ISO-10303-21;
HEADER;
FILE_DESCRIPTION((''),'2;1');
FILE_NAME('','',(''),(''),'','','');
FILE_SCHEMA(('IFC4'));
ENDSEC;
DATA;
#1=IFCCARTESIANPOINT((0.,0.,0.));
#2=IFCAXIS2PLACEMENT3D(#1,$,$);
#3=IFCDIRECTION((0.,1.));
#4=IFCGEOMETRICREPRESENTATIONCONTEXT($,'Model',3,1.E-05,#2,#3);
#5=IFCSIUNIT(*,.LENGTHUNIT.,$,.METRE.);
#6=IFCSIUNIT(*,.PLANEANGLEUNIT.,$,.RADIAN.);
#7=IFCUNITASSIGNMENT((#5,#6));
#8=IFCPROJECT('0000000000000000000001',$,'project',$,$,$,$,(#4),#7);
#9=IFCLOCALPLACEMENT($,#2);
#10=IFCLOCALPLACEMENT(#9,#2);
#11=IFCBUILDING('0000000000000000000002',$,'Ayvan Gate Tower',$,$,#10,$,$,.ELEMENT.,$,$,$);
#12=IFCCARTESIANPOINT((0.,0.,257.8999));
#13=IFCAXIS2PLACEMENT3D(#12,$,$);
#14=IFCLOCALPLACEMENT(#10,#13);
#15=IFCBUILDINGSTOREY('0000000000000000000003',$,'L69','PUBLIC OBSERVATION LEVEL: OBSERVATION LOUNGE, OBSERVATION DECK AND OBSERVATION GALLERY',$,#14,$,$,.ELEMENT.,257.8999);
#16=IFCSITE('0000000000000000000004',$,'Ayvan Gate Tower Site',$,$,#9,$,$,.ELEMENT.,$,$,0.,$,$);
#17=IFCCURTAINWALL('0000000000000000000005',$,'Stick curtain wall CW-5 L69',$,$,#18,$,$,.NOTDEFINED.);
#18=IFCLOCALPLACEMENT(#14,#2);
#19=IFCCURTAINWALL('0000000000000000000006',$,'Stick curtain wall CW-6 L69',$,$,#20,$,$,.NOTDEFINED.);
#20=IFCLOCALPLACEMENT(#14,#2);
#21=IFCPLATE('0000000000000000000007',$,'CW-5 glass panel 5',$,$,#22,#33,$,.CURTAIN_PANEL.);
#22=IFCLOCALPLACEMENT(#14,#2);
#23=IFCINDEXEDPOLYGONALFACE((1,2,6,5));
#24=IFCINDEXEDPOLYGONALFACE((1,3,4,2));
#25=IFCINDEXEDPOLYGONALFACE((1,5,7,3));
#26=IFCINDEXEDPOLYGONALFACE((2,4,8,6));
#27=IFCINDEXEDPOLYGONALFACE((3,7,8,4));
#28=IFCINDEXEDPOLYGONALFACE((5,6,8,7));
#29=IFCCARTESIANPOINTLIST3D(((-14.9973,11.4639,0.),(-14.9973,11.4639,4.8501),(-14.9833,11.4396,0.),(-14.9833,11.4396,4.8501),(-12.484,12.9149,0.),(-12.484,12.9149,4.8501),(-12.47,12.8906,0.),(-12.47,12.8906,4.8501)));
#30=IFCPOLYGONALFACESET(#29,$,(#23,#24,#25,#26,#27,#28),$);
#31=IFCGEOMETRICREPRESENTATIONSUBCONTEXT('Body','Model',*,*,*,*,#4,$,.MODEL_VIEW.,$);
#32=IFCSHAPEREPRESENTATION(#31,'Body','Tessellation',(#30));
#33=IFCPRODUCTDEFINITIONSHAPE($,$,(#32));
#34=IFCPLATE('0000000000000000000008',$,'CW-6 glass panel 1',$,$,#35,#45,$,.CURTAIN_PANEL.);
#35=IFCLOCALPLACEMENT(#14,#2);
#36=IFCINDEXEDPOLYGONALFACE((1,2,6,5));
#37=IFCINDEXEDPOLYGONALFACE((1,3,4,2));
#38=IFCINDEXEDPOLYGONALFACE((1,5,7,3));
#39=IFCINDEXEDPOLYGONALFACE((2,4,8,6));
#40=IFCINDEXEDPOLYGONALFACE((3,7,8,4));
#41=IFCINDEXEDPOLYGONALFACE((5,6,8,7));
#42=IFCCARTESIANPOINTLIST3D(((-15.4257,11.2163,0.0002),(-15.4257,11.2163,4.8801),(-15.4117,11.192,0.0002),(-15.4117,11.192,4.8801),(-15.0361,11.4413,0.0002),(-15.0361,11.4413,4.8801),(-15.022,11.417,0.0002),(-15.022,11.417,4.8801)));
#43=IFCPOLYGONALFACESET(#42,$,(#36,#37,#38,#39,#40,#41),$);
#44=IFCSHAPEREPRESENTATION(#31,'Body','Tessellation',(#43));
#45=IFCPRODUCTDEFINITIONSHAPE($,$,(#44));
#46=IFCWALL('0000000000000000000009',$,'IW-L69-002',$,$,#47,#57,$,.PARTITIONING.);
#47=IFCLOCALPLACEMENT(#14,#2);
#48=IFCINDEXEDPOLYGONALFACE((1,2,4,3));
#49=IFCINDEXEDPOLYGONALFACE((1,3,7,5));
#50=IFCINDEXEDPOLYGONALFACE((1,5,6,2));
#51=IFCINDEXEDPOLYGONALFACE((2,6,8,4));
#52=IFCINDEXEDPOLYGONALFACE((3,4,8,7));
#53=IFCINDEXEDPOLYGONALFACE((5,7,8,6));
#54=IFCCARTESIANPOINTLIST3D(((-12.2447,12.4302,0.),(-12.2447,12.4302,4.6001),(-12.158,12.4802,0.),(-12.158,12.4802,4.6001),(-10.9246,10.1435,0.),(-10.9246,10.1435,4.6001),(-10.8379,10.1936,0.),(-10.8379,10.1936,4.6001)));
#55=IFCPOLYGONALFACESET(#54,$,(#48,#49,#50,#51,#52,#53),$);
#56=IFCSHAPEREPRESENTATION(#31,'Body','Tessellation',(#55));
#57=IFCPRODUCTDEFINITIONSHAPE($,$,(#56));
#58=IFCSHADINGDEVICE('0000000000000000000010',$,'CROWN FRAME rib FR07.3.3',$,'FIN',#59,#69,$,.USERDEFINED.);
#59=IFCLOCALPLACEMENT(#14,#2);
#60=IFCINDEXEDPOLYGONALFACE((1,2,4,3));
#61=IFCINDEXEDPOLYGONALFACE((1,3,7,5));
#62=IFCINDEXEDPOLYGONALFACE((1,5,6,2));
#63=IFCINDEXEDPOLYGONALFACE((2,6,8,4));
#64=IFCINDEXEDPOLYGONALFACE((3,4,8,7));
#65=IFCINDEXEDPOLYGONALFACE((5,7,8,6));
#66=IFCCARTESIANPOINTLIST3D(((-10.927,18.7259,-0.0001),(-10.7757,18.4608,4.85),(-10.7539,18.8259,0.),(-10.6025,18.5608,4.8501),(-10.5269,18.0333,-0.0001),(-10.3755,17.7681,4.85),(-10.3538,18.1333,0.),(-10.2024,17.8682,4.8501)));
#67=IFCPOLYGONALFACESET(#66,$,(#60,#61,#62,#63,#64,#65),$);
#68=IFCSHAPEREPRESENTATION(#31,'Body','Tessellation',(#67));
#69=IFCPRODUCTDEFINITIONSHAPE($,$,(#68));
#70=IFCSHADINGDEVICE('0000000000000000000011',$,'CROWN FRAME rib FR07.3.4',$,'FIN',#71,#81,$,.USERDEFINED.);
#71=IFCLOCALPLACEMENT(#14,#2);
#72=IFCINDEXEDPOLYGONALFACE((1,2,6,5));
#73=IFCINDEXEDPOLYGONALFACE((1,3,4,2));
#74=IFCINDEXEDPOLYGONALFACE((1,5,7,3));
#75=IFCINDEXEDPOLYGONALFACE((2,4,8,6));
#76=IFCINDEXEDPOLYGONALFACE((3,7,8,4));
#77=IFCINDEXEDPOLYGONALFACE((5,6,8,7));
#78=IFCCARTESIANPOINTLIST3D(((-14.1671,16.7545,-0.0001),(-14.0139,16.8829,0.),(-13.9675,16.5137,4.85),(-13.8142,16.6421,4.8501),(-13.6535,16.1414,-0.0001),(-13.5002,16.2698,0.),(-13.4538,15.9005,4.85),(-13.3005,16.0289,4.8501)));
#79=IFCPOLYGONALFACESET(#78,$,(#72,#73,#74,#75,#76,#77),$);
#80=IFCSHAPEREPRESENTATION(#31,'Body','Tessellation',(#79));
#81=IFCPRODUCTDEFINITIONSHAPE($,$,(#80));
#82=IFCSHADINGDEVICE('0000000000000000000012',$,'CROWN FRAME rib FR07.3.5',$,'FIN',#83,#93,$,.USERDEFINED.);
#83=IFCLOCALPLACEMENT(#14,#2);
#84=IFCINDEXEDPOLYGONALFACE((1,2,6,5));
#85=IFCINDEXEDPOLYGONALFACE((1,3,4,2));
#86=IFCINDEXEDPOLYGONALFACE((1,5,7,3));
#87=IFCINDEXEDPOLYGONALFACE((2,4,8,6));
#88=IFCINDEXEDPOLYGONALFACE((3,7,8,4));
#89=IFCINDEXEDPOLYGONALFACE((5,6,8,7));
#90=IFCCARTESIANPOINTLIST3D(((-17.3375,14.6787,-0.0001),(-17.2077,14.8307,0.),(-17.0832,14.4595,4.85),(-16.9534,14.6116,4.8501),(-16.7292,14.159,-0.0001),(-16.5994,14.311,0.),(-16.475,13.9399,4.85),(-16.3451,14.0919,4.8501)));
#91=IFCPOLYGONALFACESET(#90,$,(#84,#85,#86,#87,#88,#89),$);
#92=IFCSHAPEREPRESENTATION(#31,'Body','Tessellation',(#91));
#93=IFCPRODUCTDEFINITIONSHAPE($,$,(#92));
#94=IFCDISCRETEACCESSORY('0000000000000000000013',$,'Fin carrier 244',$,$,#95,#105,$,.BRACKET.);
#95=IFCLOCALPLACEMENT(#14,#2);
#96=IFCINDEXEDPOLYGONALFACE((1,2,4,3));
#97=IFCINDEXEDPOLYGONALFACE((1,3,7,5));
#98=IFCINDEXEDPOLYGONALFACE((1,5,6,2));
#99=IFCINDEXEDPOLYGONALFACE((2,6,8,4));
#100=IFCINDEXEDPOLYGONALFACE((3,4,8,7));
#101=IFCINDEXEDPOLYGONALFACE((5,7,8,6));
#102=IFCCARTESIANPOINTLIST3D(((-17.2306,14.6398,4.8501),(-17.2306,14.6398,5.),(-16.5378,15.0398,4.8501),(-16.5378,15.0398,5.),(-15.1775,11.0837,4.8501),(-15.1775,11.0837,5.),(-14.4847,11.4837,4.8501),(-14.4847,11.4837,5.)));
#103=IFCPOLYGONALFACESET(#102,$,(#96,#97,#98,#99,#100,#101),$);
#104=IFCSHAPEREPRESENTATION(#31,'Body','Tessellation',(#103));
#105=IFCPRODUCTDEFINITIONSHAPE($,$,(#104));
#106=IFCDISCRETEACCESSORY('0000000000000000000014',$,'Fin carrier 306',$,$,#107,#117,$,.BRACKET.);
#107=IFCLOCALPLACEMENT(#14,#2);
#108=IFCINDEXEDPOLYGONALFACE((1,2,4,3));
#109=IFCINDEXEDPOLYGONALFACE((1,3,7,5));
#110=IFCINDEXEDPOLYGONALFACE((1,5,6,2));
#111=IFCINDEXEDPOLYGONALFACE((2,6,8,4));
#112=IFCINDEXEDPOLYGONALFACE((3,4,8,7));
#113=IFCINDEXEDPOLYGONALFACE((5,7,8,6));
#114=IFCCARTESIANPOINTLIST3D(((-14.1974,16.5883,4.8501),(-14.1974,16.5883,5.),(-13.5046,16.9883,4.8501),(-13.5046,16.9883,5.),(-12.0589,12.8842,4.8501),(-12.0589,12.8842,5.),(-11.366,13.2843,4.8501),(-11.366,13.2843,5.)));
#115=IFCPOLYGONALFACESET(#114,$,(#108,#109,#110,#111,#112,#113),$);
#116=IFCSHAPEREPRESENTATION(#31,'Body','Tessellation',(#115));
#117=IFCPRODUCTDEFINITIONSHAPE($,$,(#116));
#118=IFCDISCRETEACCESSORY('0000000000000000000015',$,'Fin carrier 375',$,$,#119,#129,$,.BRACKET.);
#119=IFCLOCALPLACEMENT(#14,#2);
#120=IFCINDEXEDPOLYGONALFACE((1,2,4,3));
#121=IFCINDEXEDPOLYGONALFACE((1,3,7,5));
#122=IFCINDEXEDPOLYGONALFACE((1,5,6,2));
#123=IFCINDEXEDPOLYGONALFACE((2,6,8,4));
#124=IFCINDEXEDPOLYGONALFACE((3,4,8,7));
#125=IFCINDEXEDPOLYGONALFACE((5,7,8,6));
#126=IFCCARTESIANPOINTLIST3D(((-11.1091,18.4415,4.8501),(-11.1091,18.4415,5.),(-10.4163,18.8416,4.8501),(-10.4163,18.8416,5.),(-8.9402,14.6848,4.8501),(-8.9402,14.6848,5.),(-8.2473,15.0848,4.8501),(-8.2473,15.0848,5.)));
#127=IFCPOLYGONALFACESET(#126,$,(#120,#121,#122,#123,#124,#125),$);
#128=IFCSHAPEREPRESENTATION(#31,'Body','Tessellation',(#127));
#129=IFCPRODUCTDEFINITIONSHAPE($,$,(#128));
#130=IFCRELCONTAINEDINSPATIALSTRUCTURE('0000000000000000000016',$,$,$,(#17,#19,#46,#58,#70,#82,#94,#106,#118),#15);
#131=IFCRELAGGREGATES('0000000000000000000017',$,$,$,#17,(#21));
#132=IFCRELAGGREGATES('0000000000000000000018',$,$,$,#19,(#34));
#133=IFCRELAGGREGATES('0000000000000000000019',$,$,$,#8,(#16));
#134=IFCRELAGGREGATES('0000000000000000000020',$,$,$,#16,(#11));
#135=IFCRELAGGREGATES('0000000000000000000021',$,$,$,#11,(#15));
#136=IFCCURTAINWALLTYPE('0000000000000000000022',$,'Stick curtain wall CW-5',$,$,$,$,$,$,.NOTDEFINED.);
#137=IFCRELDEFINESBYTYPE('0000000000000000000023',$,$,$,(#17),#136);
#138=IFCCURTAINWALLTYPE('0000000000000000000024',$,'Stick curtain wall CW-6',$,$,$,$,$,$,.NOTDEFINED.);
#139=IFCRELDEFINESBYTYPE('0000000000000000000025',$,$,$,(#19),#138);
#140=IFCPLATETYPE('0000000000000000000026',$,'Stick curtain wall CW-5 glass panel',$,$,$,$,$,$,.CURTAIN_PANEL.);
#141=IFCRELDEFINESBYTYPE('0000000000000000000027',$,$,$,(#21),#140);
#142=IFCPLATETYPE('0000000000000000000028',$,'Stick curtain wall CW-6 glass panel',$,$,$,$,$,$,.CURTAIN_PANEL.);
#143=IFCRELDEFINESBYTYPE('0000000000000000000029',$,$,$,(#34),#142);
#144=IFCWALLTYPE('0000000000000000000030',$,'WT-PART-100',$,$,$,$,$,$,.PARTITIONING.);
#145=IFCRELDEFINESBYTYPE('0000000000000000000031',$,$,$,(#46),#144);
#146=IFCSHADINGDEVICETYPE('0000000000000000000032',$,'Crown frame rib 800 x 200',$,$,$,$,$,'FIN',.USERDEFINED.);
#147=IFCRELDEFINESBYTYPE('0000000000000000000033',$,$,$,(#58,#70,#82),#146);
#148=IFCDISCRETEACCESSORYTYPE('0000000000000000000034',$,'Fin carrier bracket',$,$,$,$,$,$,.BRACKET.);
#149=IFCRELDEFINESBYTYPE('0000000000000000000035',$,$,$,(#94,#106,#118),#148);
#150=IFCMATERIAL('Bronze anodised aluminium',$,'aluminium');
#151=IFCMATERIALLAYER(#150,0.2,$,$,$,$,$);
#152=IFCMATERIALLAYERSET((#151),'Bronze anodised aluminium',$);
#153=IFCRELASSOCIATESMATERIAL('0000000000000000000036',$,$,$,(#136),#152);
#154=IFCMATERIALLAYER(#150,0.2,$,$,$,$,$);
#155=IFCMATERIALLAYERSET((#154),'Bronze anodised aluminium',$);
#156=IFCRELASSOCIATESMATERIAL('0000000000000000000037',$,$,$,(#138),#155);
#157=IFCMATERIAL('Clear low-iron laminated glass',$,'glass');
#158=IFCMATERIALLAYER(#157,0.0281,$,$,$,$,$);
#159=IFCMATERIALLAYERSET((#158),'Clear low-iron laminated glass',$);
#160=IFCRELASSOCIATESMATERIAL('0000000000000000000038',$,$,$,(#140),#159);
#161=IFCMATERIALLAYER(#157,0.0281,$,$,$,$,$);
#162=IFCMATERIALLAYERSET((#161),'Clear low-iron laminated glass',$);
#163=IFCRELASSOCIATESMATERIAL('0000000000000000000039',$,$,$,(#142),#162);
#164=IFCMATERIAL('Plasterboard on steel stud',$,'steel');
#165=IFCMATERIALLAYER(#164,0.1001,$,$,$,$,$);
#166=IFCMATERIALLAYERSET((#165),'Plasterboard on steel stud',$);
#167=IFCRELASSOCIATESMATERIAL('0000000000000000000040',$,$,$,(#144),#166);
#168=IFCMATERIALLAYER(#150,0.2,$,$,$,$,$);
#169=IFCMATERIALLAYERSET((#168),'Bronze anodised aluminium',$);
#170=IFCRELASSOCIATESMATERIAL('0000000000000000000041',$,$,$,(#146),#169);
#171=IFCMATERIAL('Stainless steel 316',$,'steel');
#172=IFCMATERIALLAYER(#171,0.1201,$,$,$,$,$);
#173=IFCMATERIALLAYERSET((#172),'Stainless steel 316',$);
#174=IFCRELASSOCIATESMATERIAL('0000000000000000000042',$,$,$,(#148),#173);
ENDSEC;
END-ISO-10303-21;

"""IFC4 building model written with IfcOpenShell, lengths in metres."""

from ifc_helpers import new_model, si_unit, direction, frame, frame_2d, origin, origin_2d, place, context, subcontext, project, spatial, polyline, rectangle, outline, extrude, material, layer, layer_set, type_object, element, aggregate, save


model = new_model("IFC4")

# Units and contexts
model_context = context("Model", 3, precision=1e-05, world=origin(), true_north=direction((0.0, 1.0)))
body_context = subcontext(model_context, "Body", "Model", "MODEL_VIEW")
ifc_project = project(units=[si_unit("LENGTHUNIT", "METRE"), si_unit("PLANEANGLEUNIT", "RADIAN")], contexts=[model_context])

# Site, building, storey
site_placement = place(None, origin())
site = spatial("IfcSite", under=ifc_project, at=site_placement, Name="Ayvan Gate Tower Site", CompositionType="ELEMENT", RefElevation=0.0)
building_placement = place(site_placement, origin())
building = spatial("IfcBuilding", under=site, at=building_placement, Name="Ayvan Gate Tower", CompositionType="ELEMENT")
storey_placement = place(building_placement, frame((0.0, 0.0, 257.8999)))
storey = spatial("IfcBuildingStorey", under=building, at=storey_placement, Name="L69", Description="PUBLIC OBSERVATION LEVEL: OBSERVATION LOUNGE, OBSERVATION DECK AND OBSERVATION GALLERY", CompositionType="ELEMENT", Elevation=257.8999)

# Curtain walls
ifc_material_1 = material(Name="Bronze anodised aluminium", Category="aluminium")
ifc_layer_1 = layer(ifc_material_1, 0.2)
ifc_layer_set_1 = layer_set([ifc_layer_1], Name="Bronze anodised aluminium")
curtain_wall_type_1 = type_object("IfcCurtainWallType", Name="Stick curtain wall CW-5", PredefinedType="NOTDEFINED", material=ifc_layer_set_1)
curtain_wall_1_placement = place(storey_placement, origin())
curtain_wall_1 = element("IfcCurtainWall", 1, at=curtain_wall_1_placement, inside=storey, type_object=curtain_wall_type_1, Name="Stick curtain wall CW-5 L69", PredefinedType="NOTDEFINED")
ifc_layer_2 = layer(ifc_material_1, 0.2)
ifc_layer_set_2 = layer_set([ifc_layer_2], Name="Bronze anodised aluminium")
curtain_wall_type_2 = type_object("IfcCurtainWallType", Name="Stick curtain wall CW-6", PredefinedType="NOTDEFINED", material=ifc_layer_set_2)
curtain_wall_2_placement = place(storey_placement, origin())
curtain_wall_2 = element("IfcCurtainWall", 2, at=curtain_wall_2_placement, inside=storey, type_object=curtain_wall_type_2, Name="Stick curtain wall CW-6 L69", PredefinedType="NOTDEFINED")

# Plates
ifc_material_2 = material(Name="Clear low-iron laminated glass", Category="glass")
ifc_layer_3 = layer(ifc_material_2, 0.0281)
ifc_layer_set_3 = layer_set([ifc_layer_3], Name="Clear low-iron laminated glass")
plate_type_1 = type_object("IfcPlateType", Name="Stick curtain wall CW-5 glass panel", PredefinedType="CURTAIN_PANEL", material=ifc_layer_set_3)
plate_1_placement = place(storey_placement, frame((-13.7336, 12.1772, 0.0), z_axis=(0.0, 0.0, 1.0), x_axis=(-0.866025, -0.5, 0.0)))
plate_1 = element("IfcPlate", 3, at=plate_1_placement, type_object=plate_type_1, Name="CW-5 glass panel 5", PredefinedType="CURTAIN_PANEL", context=body_context, shape_type="SweptSolid", body=[
    extrude(rectangle(XDim=2.9021, YDim=0.0281, at=origin_2d()), origin(), (0.0, 0.0, 1.0), 4.8501),
])
aggregate(curtain_wall_1, [plate_1])
ifc_layer_4 = layer(ifc_material_2, 0.0281)
ifc_layer_set_4 = layer_set([ifc_layer_4], Name="Clear low-iron laminated glass")
plate_type_2 = type_object("IfcPlateType", Name="Stick curtain wall CW-6 glass panel", PredefinedType="CURTAIN_PANEL", material=ifc_layer_set_4)
plate_2_placement = place(storey_placement, frame((-15.2239, 11.3167, 0.0002), z_axis=(0.0, 0.0, 1.0), x_axis=(-0.866025, -0.5, 0.0)))
plate_2 = element("IfcPlate", 4, at=plate_2_placement, type_object=plate_type_2, Name="CW-6 glass panel 1", PredefinedType="CURTAIN_PANEL", context=body_context, shape_type="SweptSolid", body=[
    extrude(rectangle(XDim=0.45, YDim=0.0281, at=origin_2d()), origin(), (0.0, 0.0, 1.0), 4.8799),
])
aggregate(curtain_wall_2, [plate_2])

# Wall
ifc_material_3 = material(Name="Plasterboard on steel stud", Category="steel")
ifc_layer_5 = layer(ifc_material_3, 0.1001)
ifc_layer_set_5 = layer_set([ifc_layer_5], Name="Plasterboard on steel stud")
wall_type = type_object("IfcWallType", Name="WT-PART-100", PredefinedType="PARTITIONING", material=ifc_layer_set_5)
wall_placement = place(storey_placement, frame((-12.2014, 12.4553, 0.0), z_axis=(0.0, 0.0, 1.0), x_axis=(0.499968, -0.866044, 0.0)))
element("IfcWall", 5, at=wall_placement, inside=storey, type_object=wall_type, Name="IW-L69-002", PredefinedType="PARTITIONING", context=body_context, shape_type="SweptSolid", body=[
    extrude(rectangle(XDim=2.6404, YDim=0.1001, at=frame_2d((1.3203, 0.0))), origin(), (0.0, 0.0, 1.0), 4.6001),
])

# Shading devices
ifc_layer_6 = layer(ifc_material_1, 0.2)
ifc_layer_set_6 = layer_set([ifc_layer_6], Name="Bronze anodised aluminium")
shading_device_type = type_object("IfcShadingDeviceType", Name="Crown frame rib 800 x 200", ElementType="FIN", PredefinedType="USERDEFINED", material=ifc_layer_set_6)
shading_device_1_placement = place(storey_placement, frame((-10.3538, 18.1333, 0.0), z_axis=(0.865886, 0.500242, 0.000323), x_axis=(-0.500242, 0.865886, 0.0)))
element("IfcShadingDevice", 6, at=shading_device_1_placement, inside=storey, type_object=shading_device_type, Name="CROWN FRAME rib FR07.3.3", ObjectType="FIN", PredefinedType="USERDEFINED", context=body_context, shape_type="SweptSolid", body=[
    extrude(outline(polyline([(0.0, 0.0), (0.7999, 0.0), (0.4946, 4.8501), (-0.3053, 4.8501), (0.0, 0.0)])), origin(), (0.0, 0.0, -1.0), 0.2),
])
shading_device_2_placement = place(storey_placement, frame((-13.5002, 16.2698, 0.0), z_axis=(0.766555, 0.642179, 0.000326), x_axis=(-0.642179, 0.766555, 0.0)))
element("IfcShadingDevice", 7, at=shading_device_2_placement, inside=storey, type_object=shading_device_type, Name="CROWN FRAME rib FR07.3.4", ObjectType="FIN", PredefinedType="USERDEFINED", context=body_context, shape_type="SweptSolid", body=[
    extrude(outline(polyline([(0.0, 0.0), (0.7998, 0.0), (0.487, 4.8501), (-0.313, 4.8501), (0.0, 0.0)])), origin(), (0.0, 0.0, -1.0), 0.2),
])
shading_device_3_placement = place(storey_placement, frame((-16.5994, 14.311, 0.0), z_axis=(0.649546, 0.760322, 0.000296), x_axis=(-0.760322, 0.649546, 0.0)))
element("IfcShadingDevice", 8, at=shading_device_3_placement, inside=storey, type_object=shading_device_type, Name="CROWN FRAME rib FR07.3.5", ObjectType="FIN", PredefinedType="USERDEFINED", context=body_context, shape_type="SweptSolid", body=[
    extrude(outline(polyline([(0.0, 0.0), (0.8, 0.0), (0.4644, 4.8501), (-0.3356, 4.8501), (0.0, 0.0)])), origin(), (0.0, 0.0, -1.0), 0.2),
])

# Discrete accessories
ifc_material_4 = material(Name="Stainless steel 316", Category="steel")
ifc_layer_7 = layer(ifc_material_4, 0.1201)
ifc_layer_set_7 = layer_set([ifc_layer_7], Name="Stainless steel 316")
discrete_accessory_type = type_object("IfcDiscreteAccessoryType", Name="Fin carrier bracket", PredefinedType="BRACKET", material=ifc_layer_set_7)
discrete_accessory_1_placement = place(storey_placement, frame((-15.8577, 13.0618, 4.8501), z_axis=(0.0, 0.0, 1.0), x_axis=(-0.866025, -0.5, 0.0)))
element("IfcDiscreteAccessory", 9, at=discrete_accessory_1_placement, inside=storey, type_object=discrete_accessory_type, Name="Fin carrier 244", PredefinedType="BRACKET", context=body_context, shape_type="SweptSolid", body=[
    extrude(rectangle(XDim=0.8, YDim=4.1062, at=origin_2d()), origin(), (0.0, 0.0, 1.0), 0.1499),
])
discrete_accessory_2_placement = place(storey_placement, frame((-12.7817, 14.9363, 4.8501), z_axis=(0.0, 0.0, 1.0), x_axis=(-0.866025, -0.5, 0.0)))
element("IfcDiscreteAccessory", 10, at=discrete_accessory_2_placement, inside=storey, type_object=discrete_accessory_type, Name="Fin carrier 306", PredefinedType="BRACKET", context=body_context, shape_type="SweptSolid", body=[
    extrude(rectangle(XDim=0.8, YDim=4.2771, at=origin_2d()), origin(), (0.0, 0.0, 1.0), 0.1499),
])
discrete_accessory_3_placement = place(storey_placement, frame((-9.6782, 16.7632, 4.8501), z_axis=(0.0, 0.0, 1.0), x_axis=(-0.866025, -0.5, 0.0)))
element("IfcDiscreteAccessory", 11, at=discrete_accessory_3_placement, inside=storey, type_object=discrete_accessory_type, Name="Fin carrier 375", PredefinedType="BRACKET", context=body_context, shape_type="SweptSolid", body=[
    extrude(rectangle(XDim=0.8, YDim=4.3379, at=origin_2d()), origin(), (0.0, 0.0, 1.0), 0.1499),
])

save(model, "model.ifc")
